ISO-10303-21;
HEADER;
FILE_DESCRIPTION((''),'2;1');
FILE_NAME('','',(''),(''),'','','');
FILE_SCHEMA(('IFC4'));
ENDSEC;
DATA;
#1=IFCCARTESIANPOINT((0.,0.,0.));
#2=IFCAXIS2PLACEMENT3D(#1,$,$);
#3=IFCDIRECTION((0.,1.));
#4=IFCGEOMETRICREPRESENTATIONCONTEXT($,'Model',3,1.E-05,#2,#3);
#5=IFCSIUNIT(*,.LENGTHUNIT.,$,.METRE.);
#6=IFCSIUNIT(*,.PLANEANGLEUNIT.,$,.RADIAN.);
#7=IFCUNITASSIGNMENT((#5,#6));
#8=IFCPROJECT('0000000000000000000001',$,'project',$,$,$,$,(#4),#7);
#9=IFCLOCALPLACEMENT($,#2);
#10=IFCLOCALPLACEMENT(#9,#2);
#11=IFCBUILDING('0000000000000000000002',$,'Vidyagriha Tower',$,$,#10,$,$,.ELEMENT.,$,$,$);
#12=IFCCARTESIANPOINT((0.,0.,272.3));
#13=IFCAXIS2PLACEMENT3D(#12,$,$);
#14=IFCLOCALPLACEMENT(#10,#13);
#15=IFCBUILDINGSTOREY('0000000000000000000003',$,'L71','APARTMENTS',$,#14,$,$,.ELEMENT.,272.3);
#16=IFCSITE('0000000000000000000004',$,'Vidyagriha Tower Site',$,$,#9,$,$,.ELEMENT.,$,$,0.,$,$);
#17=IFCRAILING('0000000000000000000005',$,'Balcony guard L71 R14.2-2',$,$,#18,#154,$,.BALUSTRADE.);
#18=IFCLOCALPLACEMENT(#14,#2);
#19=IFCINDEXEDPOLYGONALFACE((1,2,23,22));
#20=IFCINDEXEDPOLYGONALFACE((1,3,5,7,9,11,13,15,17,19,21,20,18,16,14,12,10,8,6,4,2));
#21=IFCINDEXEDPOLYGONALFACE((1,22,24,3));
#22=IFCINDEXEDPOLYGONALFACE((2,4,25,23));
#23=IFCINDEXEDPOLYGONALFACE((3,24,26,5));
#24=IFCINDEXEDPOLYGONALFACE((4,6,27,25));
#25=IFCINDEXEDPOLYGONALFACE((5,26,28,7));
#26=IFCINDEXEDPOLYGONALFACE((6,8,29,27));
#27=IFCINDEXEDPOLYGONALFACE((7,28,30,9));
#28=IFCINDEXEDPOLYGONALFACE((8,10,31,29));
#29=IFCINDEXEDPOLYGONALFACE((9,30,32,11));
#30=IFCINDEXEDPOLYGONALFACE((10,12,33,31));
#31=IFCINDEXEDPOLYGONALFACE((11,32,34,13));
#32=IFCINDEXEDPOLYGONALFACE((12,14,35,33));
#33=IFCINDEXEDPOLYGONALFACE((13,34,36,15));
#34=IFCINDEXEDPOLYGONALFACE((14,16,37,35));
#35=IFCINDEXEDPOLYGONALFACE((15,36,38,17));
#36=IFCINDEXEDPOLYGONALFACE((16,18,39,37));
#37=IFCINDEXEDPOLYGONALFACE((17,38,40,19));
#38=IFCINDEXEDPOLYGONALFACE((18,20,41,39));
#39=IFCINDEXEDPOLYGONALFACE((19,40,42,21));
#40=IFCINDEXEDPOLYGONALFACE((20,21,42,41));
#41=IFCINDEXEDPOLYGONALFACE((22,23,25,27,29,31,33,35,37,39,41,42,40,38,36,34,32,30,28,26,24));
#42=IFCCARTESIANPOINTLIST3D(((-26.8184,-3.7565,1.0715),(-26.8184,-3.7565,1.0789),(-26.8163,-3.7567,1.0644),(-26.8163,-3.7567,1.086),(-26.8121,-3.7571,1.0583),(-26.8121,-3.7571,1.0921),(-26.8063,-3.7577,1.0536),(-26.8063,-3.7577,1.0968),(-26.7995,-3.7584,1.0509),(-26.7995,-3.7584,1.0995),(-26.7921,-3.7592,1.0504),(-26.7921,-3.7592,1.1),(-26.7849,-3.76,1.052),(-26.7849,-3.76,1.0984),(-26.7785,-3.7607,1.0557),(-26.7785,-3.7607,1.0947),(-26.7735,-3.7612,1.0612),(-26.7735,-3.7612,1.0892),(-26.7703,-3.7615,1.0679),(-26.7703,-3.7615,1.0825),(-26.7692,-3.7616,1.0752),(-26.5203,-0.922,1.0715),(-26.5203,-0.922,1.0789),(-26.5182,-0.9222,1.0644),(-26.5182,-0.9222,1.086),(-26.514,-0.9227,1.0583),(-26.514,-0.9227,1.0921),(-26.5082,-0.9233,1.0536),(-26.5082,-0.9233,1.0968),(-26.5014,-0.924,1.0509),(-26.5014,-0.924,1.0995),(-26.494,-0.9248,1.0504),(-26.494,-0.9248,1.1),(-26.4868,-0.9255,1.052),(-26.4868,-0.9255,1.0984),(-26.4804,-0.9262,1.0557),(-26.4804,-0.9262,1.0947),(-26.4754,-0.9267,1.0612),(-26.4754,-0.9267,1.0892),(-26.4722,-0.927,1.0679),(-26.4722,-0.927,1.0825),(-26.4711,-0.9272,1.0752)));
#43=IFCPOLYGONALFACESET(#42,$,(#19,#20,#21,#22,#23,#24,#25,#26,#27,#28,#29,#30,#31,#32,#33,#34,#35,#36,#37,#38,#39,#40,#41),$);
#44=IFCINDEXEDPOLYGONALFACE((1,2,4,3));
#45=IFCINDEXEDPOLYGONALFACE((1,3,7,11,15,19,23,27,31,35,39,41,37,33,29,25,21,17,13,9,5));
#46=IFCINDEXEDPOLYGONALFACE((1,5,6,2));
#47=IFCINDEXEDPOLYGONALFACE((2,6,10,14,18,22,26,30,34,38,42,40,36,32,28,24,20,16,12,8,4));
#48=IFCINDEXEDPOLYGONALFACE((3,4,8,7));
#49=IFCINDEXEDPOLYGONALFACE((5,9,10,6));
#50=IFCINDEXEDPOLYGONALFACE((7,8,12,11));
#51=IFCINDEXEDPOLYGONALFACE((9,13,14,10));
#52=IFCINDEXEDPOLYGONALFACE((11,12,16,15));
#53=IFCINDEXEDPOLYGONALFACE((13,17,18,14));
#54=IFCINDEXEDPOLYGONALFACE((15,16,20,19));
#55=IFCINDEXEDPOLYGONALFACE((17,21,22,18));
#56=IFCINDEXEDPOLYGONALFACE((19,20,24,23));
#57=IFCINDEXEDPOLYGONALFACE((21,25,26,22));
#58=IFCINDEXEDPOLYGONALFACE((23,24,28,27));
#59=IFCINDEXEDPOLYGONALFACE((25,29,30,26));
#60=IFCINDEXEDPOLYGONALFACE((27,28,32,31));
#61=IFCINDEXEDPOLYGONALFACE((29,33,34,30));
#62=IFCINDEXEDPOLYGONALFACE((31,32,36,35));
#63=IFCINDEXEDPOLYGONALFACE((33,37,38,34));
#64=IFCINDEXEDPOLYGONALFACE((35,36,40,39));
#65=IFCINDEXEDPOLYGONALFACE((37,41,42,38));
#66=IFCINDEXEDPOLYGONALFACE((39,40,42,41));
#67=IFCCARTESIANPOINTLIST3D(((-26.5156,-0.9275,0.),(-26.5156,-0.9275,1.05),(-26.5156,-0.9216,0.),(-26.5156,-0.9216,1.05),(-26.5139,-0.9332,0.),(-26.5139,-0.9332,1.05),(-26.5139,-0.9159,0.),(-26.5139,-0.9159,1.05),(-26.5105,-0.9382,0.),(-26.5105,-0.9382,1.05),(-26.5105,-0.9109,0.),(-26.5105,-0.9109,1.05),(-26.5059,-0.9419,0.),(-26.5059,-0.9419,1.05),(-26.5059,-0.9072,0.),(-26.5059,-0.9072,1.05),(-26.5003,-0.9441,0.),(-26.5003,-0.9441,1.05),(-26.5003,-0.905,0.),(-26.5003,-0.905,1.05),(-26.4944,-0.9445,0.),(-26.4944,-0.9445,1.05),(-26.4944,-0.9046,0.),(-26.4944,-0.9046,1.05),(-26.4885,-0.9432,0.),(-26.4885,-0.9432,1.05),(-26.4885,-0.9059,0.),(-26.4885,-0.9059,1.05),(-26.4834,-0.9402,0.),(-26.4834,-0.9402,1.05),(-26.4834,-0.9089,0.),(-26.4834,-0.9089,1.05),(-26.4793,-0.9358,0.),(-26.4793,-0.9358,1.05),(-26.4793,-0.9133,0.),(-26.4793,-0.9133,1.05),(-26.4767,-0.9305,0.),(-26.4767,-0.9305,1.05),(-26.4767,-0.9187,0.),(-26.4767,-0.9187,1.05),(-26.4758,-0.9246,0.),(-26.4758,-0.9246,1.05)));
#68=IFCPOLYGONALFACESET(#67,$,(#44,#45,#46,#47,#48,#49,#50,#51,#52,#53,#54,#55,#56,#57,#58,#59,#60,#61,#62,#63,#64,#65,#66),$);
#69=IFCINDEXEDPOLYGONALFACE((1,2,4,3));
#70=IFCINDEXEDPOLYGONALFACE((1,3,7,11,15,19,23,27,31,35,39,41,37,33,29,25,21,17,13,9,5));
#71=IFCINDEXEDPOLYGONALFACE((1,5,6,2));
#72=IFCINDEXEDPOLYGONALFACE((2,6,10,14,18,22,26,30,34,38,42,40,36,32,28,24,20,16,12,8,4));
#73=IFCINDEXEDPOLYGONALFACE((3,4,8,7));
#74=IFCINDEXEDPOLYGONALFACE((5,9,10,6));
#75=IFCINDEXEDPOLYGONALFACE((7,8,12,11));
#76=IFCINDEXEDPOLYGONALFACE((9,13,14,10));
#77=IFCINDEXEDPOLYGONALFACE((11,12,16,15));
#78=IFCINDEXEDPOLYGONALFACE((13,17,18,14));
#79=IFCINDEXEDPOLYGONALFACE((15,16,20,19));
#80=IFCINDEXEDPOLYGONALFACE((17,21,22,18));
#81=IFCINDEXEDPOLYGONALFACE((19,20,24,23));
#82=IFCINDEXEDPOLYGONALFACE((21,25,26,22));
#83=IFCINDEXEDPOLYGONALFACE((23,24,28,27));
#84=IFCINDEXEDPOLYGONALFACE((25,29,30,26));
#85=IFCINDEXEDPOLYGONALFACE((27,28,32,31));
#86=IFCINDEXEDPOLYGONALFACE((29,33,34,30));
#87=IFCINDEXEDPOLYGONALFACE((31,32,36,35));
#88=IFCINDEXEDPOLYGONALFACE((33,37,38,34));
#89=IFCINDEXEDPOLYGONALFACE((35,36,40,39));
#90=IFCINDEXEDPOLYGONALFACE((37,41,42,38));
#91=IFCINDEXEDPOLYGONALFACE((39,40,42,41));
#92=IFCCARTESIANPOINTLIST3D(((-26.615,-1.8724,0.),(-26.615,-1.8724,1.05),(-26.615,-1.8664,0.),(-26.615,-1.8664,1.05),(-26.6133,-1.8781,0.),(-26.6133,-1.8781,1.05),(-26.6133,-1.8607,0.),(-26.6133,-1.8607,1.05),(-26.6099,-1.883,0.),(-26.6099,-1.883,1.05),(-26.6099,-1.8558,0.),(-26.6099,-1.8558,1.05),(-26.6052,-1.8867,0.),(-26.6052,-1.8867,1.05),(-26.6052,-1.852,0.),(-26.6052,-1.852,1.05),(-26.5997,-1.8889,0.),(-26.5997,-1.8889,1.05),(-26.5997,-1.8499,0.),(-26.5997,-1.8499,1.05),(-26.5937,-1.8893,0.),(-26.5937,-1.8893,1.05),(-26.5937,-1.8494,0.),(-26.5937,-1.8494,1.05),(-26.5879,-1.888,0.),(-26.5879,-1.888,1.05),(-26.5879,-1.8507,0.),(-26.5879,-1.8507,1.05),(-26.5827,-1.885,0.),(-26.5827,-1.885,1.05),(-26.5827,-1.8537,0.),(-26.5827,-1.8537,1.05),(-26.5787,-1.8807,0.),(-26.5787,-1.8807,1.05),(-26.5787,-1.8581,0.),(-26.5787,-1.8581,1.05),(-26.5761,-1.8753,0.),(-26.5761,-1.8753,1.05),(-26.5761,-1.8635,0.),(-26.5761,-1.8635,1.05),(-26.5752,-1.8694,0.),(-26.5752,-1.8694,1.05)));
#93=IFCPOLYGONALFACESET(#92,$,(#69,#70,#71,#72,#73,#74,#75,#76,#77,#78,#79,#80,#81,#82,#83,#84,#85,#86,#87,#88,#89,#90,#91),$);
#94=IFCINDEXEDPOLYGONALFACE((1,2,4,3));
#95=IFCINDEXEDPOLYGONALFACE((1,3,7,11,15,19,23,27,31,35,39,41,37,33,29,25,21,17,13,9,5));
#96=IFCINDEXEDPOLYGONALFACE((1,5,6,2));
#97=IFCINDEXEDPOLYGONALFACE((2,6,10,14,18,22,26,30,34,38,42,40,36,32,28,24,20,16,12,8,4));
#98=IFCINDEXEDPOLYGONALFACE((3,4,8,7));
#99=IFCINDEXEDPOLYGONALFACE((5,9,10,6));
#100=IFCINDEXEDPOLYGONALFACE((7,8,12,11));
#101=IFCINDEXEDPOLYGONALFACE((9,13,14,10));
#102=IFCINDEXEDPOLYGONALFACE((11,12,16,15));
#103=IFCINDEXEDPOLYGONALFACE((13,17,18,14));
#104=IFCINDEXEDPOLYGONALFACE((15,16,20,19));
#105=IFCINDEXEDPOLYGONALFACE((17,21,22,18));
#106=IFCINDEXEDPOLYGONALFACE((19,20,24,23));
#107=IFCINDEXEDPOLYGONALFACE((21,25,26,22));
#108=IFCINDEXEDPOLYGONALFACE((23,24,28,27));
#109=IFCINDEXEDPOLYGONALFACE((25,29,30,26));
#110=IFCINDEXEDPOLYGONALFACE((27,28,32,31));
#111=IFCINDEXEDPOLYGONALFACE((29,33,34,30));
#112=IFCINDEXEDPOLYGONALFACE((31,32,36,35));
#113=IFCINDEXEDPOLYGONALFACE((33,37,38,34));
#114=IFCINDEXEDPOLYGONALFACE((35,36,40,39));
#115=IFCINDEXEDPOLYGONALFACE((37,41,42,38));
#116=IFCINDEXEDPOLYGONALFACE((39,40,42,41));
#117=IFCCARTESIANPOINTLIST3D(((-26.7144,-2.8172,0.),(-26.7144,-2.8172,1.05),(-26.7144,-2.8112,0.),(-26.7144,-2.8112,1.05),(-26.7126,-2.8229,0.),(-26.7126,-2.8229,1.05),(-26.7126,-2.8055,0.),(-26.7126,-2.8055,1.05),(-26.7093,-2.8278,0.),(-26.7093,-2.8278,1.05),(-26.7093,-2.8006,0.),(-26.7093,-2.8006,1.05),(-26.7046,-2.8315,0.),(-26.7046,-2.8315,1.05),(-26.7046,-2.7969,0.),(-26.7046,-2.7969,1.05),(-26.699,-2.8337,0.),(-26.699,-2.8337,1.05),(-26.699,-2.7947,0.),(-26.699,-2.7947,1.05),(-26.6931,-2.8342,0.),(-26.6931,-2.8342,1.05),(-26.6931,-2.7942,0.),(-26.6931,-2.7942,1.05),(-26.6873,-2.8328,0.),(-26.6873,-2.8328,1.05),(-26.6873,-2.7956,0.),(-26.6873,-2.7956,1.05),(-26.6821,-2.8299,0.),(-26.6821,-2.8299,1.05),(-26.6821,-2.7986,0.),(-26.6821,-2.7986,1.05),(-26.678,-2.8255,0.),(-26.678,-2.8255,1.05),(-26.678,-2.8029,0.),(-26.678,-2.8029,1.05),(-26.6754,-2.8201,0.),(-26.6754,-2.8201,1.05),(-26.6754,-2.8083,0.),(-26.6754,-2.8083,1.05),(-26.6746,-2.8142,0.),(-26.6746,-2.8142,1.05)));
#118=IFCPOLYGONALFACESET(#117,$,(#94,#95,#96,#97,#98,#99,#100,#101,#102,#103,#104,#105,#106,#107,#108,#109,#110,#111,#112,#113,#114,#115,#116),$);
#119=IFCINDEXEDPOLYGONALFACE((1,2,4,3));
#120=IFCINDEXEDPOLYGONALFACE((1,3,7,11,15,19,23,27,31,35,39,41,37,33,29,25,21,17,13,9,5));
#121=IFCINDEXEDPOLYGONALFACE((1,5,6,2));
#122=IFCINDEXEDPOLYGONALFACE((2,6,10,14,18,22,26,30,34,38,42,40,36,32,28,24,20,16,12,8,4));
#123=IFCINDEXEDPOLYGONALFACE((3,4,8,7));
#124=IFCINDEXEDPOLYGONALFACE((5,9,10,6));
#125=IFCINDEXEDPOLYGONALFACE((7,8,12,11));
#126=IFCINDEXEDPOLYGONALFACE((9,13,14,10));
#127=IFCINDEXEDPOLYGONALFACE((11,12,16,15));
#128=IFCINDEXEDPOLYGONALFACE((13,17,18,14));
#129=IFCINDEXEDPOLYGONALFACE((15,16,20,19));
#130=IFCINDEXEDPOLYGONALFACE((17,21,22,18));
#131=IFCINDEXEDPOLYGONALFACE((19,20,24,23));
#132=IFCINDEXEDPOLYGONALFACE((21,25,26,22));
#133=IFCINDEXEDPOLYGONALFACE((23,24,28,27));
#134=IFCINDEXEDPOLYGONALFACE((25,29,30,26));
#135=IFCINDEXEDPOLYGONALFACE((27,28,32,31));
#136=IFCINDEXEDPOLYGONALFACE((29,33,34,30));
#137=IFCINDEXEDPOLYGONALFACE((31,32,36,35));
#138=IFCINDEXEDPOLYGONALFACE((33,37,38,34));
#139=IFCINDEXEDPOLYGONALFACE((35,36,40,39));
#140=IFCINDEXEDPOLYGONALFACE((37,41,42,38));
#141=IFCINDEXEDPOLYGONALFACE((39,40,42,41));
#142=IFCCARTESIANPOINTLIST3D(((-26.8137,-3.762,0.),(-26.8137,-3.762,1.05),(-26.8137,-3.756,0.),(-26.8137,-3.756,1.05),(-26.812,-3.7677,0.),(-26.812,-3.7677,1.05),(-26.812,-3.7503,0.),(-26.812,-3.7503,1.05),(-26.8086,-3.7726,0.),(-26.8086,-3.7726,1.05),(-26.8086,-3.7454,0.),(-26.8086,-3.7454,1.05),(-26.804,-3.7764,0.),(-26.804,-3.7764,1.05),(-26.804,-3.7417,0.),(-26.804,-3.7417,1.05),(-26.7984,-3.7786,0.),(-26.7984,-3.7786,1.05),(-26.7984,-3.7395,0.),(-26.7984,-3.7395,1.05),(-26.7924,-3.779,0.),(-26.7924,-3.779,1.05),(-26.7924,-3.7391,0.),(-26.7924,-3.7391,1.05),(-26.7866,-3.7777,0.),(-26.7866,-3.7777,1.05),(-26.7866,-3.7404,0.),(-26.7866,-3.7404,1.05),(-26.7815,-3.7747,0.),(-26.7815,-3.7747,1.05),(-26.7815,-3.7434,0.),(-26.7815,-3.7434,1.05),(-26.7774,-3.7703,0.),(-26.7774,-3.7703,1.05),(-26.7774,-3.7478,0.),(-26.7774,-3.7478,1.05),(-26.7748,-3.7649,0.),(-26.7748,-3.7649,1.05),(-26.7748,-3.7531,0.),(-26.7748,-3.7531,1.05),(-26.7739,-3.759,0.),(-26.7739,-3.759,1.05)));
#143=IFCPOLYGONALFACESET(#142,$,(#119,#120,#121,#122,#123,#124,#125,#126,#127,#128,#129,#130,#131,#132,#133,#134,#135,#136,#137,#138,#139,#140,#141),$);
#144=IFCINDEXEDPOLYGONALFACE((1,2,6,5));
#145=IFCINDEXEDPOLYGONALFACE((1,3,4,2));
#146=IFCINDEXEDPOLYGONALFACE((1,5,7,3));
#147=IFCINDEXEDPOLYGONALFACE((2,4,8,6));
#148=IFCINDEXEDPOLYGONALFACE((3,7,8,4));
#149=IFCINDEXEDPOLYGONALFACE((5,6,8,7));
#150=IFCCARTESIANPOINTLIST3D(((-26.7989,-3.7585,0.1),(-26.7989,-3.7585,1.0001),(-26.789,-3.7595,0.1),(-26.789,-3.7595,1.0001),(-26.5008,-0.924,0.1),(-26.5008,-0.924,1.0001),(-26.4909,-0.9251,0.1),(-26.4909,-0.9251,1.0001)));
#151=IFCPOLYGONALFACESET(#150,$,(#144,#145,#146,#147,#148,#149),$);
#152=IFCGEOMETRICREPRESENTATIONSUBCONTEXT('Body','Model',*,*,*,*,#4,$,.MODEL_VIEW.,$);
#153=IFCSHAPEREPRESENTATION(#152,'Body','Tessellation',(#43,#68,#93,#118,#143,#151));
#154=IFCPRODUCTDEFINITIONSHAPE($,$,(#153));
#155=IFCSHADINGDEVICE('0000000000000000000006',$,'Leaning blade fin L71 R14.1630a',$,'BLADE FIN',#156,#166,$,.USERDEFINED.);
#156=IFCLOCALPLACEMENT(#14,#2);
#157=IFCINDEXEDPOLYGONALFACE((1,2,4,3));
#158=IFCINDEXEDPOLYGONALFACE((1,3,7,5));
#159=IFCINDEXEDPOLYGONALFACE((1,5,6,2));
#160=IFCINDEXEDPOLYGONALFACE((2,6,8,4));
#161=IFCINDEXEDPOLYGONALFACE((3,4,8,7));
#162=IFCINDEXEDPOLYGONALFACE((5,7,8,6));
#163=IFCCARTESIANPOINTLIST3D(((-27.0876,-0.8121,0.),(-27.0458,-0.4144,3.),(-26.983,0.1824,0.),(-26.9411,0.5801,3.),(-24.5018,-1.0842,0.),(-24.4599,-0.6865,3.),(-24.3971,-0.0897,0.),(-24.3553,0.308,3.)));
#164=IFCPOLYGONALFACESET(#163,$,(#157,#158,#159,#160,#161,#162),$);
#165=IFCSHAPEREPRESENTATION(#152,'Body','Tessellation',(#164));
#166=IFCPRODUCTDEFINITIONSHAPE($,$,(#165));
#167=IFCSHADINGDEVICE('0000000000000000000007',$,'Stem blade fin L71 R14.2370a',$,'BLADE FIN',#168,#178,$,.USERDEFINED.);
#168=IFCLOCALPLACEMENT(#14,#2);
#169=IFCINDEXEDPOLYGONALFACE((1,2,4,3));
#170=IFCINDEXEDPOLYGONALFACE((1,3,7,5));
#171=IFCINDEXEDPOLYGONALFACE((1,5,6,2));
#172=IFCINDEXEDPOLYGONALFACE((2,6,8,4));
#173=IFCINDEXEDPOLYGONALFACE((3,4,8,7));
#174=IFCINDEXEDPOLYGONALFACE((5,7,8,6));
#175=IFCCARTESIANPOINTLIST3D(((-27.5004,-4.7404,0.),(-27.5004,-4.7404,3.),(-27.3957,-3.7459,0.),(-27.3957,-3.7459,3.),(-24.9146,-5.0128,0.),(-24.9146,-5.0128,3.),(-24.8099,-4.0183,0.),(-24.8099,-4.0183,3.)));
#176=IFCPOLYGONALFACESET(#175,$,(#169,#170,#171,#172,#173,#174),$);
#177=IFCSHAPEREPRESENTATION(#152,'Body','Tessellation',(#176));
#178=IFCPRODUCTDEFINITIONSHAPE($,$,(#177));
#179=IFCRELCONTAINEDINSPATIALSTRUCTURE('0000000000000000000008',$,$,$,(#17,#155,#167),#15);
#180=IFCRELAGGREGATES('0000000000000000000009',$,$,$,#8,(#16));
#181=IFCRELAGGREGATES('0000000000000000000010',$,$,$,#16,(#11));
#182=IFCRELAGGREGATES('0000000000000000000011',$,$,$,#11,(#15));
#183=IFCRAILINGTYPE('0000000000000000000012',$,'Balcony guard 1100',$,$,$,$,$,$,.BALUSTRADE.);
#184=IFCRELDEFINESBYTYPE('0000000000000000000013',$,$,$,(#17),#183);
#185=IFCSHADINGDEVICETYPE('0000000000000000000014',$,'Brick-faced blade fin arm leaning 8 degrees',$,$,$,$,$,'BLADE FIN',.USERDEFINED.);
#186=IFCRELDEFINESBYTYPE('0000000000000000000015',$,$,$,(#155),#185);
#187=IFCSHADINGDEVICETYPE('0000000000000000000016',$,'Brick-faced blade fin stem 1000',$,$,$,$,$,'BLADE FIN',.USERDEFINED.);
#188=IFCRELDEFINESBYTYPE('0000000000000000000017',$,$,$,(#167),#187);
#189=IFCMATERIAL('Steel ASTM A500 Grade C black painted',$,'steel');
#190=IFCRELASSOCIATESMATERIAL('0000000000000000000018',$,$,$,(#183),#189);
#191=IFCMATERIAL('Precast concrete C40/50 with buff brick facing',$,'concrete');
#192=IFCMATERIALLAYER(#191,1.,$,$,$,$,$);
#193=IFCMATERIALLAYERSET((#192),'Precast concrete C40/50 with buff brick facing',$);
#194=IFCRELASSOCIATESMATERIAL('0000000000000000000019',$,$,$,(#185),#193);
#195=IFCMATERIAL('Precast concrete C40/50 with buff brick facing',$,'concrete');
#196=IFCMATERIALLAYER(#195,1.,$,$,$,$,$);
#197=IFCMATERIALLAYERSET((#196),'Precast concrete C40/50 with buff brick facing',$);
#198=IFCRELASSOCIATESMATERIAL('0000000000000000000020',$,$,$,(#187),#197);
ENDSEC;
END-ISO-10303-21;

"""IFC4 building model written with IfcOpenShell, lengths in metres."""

from ifc_helpers import new_model, si_unit, direction, frame, origin, origin_2d, place, context, subcontext, project, spatial, polyline, rectangle, circle, outline, extrude, material, layer, layer_set, type_object, element, save


model = new_model("IFC4")

# Units and contexts
model_context = context("Model", 3, precision=1e-05, world=origin(), true_north=direction((0.0, 1.0)))
body_context = subcontext(model_context, "Body", "Model", "MODEL_VIEW")
ifc_project = project(units=[si_unit("LENGTHUNIT", "METRE"), si_unit("PLANEANGLEUNIT", "RADIAN")], contexts=[model_context])

# Site, building, storey
site_placement = place(None, origin())
site = spatial("IfcSite", under=ifc_project, at=site_placement, Name="Vidyagriha Tower Site", CompositionType="ELEMENT", RefElevation=0.0)
building_placement = place(site_placement, origin())
building = spatial("IfcBuilding", under=site, at=building_placement, Name="Vidyagriha Tower", CompositionType="ELEMENT")
storey_placement = place(building_placement, frame((0.0, 0.0, 272.3)))
storey = spatial("IfcBuildingStorey", under=building, at=storey_placement, Name="L71", Description="APARTMENTS", CompositionType="ELEMENT", Elevation=272.3)

# Railing
ifc_material_1 = material(Name="Steel ASTM A500 Grade C black painted", Category="steel")
railing_type_1 = type_object("IfcRailingType", Name="Balcony guard 1100", PredefinedType="BALUSTRADE", material=ifc_material_1)
railing_1_placement = place(storey_placement, frame((-26.4958, -0.9246, 0.0)))
element("IfcRailing", 1, at=railing_1_placement, inside=storey, type_object=railing_type_1, Name="Balcony guard L71 R14.2-2", PredefinedType="BALUSTRADE", context=body_context, shape_type="SweptSolid", body=[
    extrude(circle(Radius=0.0249, at=origin_2d()), frame((0.0, 0.0, 1.0752), z_axis=(-0.104591, -0.994515, 0.0), x_axis=(0.994515, -0.104591, 0.0)), (0.0, 0.0, 1.0), 2.8501),
    extrude(circle(Radius=0.02, at=origin_2d()), origin(), (0.0, 0.0, 1.0), 1.05),
    extrude(circle(Radius=0.02, at=origin_2d()), frame((-0.0994, -0.9448, 0.0)), (0.0, 0.0, 1.0), 1.05),
    extrude(circle(Radius=0.02, at=origin_2d()), frame((-0.1987, -1.8896, 0.0)), (0.0, 0.0, 1.0), 1.05),
    extrude(circle(Radius=0.02, at=origin_2d()), frame((-0.2981, -2.8345, 0.0)), (0.0, 0.0, 1.0), 1.05),
    extrude(rectangle(XDim=0.01, YDim=0.9001, at=origin_2d()), frame((0.0, 0.0, 0.55), z_axis=(-0.104591, -0.994515, 0.0), x_axis=(0.994515, -0.104591, 0.0)), (0.0, 0.0, 1.0), 2.8501),
])

# Shading devices
ifc_material_2 = material(Name="Precast concrete C40/50 with buff brick facing", Category="concrete")
ifc_layer_1 = layer(ifc_material_2, 1.0)
ifc_layer_set_1 = layer_set([ifc_layer_1], Name="Precast concrete C40/50 with buff brick facing")
shading_device_type_1 = type_object("IfcShadingDeviceType", Name="Brick-faced blade fin arm leaning 8 degrees", ElementType="BLADE FIN", PredefinedType="USERDEFINED", material=ifc_layer_set_1)
shading_device_1_placement = place(storey_placement, frame((-25.6482, 0.4441, 0.0), z_axis=(0.0, 0.0, 1.0), x_axis=(-0.104648, -0.994509, 0.0)))
element("IfcShadingDevice", 2, at=shading_device_1_placement, inside=storey, type_object=shading_device_type_1, Name="Leaning blade fin L71 R14.1630a", ObjectType="BLADE FIN", PredefinedType="USERDEFINED", context=body_context, shape_type="SweptSolid", body=[
    extrude(outline(polyline([(0.3999, 0.0), (1.3999, 0.0), (1.0, 3.0), (0.0, 3.0), (0.3999, 0.0)])), frame((0.0, 1.3, 0.0), z_axis=(0.0, -1.0, 0.0), x_axis=(1.0, 0.0, 0.0)), (0.0, 0.0, 1.0), 2.6001),
])
ifc_material_3 = material(Name="Precast concrete C40/50 with buff brick facing", Category="concrete")
ifc_layer_2 = layer(ifc_material_3, 1.0)
ifc_layer_set_2 = layer_set([ifc_layer_2], Name="Precast concrete C40/50 with buff brick facing")
shading_device_type_2 = type_object("IfcShadingDeviceType", Name="Brick-faced blade fin stem 1000", ElementType="BLADE FIN", PredefinedType="USERDEFINED", material=ifc_layer_set_2)
shading_device_2_placement = place(storey_placement, frame((-26.1028, -3.8821, 0.0), z_axis=(0.0, 0.0, 1.0), x_axis=(-0.104748, -0.994499, 0.0)))
element("IfcShadingDevice", 3, at=shading_device_2_placement, inside=storey, type_object=shading_device_type_2, Name="Stem blade fin L71 R14.2370a", ObjectType="BLADE FIN", PredefinedType="USERDEFINED", context=body_context, shape_type="SweptSolid", body=[
    extrude(outline(polyline([(0.0, 0.0), (1.0, 0.0), (1.0, 3.0), (0.0, 3.0), (0.0, 0.0)])), frame((0.0, 1.3, 0.0), z_axis=(0.0, -1.0, 0.0), x_axis=(1.0, 0.0, 0.0)), (0.0, 0.0, 1.0), 2.6001),
])

save(model, "model.ifc")
